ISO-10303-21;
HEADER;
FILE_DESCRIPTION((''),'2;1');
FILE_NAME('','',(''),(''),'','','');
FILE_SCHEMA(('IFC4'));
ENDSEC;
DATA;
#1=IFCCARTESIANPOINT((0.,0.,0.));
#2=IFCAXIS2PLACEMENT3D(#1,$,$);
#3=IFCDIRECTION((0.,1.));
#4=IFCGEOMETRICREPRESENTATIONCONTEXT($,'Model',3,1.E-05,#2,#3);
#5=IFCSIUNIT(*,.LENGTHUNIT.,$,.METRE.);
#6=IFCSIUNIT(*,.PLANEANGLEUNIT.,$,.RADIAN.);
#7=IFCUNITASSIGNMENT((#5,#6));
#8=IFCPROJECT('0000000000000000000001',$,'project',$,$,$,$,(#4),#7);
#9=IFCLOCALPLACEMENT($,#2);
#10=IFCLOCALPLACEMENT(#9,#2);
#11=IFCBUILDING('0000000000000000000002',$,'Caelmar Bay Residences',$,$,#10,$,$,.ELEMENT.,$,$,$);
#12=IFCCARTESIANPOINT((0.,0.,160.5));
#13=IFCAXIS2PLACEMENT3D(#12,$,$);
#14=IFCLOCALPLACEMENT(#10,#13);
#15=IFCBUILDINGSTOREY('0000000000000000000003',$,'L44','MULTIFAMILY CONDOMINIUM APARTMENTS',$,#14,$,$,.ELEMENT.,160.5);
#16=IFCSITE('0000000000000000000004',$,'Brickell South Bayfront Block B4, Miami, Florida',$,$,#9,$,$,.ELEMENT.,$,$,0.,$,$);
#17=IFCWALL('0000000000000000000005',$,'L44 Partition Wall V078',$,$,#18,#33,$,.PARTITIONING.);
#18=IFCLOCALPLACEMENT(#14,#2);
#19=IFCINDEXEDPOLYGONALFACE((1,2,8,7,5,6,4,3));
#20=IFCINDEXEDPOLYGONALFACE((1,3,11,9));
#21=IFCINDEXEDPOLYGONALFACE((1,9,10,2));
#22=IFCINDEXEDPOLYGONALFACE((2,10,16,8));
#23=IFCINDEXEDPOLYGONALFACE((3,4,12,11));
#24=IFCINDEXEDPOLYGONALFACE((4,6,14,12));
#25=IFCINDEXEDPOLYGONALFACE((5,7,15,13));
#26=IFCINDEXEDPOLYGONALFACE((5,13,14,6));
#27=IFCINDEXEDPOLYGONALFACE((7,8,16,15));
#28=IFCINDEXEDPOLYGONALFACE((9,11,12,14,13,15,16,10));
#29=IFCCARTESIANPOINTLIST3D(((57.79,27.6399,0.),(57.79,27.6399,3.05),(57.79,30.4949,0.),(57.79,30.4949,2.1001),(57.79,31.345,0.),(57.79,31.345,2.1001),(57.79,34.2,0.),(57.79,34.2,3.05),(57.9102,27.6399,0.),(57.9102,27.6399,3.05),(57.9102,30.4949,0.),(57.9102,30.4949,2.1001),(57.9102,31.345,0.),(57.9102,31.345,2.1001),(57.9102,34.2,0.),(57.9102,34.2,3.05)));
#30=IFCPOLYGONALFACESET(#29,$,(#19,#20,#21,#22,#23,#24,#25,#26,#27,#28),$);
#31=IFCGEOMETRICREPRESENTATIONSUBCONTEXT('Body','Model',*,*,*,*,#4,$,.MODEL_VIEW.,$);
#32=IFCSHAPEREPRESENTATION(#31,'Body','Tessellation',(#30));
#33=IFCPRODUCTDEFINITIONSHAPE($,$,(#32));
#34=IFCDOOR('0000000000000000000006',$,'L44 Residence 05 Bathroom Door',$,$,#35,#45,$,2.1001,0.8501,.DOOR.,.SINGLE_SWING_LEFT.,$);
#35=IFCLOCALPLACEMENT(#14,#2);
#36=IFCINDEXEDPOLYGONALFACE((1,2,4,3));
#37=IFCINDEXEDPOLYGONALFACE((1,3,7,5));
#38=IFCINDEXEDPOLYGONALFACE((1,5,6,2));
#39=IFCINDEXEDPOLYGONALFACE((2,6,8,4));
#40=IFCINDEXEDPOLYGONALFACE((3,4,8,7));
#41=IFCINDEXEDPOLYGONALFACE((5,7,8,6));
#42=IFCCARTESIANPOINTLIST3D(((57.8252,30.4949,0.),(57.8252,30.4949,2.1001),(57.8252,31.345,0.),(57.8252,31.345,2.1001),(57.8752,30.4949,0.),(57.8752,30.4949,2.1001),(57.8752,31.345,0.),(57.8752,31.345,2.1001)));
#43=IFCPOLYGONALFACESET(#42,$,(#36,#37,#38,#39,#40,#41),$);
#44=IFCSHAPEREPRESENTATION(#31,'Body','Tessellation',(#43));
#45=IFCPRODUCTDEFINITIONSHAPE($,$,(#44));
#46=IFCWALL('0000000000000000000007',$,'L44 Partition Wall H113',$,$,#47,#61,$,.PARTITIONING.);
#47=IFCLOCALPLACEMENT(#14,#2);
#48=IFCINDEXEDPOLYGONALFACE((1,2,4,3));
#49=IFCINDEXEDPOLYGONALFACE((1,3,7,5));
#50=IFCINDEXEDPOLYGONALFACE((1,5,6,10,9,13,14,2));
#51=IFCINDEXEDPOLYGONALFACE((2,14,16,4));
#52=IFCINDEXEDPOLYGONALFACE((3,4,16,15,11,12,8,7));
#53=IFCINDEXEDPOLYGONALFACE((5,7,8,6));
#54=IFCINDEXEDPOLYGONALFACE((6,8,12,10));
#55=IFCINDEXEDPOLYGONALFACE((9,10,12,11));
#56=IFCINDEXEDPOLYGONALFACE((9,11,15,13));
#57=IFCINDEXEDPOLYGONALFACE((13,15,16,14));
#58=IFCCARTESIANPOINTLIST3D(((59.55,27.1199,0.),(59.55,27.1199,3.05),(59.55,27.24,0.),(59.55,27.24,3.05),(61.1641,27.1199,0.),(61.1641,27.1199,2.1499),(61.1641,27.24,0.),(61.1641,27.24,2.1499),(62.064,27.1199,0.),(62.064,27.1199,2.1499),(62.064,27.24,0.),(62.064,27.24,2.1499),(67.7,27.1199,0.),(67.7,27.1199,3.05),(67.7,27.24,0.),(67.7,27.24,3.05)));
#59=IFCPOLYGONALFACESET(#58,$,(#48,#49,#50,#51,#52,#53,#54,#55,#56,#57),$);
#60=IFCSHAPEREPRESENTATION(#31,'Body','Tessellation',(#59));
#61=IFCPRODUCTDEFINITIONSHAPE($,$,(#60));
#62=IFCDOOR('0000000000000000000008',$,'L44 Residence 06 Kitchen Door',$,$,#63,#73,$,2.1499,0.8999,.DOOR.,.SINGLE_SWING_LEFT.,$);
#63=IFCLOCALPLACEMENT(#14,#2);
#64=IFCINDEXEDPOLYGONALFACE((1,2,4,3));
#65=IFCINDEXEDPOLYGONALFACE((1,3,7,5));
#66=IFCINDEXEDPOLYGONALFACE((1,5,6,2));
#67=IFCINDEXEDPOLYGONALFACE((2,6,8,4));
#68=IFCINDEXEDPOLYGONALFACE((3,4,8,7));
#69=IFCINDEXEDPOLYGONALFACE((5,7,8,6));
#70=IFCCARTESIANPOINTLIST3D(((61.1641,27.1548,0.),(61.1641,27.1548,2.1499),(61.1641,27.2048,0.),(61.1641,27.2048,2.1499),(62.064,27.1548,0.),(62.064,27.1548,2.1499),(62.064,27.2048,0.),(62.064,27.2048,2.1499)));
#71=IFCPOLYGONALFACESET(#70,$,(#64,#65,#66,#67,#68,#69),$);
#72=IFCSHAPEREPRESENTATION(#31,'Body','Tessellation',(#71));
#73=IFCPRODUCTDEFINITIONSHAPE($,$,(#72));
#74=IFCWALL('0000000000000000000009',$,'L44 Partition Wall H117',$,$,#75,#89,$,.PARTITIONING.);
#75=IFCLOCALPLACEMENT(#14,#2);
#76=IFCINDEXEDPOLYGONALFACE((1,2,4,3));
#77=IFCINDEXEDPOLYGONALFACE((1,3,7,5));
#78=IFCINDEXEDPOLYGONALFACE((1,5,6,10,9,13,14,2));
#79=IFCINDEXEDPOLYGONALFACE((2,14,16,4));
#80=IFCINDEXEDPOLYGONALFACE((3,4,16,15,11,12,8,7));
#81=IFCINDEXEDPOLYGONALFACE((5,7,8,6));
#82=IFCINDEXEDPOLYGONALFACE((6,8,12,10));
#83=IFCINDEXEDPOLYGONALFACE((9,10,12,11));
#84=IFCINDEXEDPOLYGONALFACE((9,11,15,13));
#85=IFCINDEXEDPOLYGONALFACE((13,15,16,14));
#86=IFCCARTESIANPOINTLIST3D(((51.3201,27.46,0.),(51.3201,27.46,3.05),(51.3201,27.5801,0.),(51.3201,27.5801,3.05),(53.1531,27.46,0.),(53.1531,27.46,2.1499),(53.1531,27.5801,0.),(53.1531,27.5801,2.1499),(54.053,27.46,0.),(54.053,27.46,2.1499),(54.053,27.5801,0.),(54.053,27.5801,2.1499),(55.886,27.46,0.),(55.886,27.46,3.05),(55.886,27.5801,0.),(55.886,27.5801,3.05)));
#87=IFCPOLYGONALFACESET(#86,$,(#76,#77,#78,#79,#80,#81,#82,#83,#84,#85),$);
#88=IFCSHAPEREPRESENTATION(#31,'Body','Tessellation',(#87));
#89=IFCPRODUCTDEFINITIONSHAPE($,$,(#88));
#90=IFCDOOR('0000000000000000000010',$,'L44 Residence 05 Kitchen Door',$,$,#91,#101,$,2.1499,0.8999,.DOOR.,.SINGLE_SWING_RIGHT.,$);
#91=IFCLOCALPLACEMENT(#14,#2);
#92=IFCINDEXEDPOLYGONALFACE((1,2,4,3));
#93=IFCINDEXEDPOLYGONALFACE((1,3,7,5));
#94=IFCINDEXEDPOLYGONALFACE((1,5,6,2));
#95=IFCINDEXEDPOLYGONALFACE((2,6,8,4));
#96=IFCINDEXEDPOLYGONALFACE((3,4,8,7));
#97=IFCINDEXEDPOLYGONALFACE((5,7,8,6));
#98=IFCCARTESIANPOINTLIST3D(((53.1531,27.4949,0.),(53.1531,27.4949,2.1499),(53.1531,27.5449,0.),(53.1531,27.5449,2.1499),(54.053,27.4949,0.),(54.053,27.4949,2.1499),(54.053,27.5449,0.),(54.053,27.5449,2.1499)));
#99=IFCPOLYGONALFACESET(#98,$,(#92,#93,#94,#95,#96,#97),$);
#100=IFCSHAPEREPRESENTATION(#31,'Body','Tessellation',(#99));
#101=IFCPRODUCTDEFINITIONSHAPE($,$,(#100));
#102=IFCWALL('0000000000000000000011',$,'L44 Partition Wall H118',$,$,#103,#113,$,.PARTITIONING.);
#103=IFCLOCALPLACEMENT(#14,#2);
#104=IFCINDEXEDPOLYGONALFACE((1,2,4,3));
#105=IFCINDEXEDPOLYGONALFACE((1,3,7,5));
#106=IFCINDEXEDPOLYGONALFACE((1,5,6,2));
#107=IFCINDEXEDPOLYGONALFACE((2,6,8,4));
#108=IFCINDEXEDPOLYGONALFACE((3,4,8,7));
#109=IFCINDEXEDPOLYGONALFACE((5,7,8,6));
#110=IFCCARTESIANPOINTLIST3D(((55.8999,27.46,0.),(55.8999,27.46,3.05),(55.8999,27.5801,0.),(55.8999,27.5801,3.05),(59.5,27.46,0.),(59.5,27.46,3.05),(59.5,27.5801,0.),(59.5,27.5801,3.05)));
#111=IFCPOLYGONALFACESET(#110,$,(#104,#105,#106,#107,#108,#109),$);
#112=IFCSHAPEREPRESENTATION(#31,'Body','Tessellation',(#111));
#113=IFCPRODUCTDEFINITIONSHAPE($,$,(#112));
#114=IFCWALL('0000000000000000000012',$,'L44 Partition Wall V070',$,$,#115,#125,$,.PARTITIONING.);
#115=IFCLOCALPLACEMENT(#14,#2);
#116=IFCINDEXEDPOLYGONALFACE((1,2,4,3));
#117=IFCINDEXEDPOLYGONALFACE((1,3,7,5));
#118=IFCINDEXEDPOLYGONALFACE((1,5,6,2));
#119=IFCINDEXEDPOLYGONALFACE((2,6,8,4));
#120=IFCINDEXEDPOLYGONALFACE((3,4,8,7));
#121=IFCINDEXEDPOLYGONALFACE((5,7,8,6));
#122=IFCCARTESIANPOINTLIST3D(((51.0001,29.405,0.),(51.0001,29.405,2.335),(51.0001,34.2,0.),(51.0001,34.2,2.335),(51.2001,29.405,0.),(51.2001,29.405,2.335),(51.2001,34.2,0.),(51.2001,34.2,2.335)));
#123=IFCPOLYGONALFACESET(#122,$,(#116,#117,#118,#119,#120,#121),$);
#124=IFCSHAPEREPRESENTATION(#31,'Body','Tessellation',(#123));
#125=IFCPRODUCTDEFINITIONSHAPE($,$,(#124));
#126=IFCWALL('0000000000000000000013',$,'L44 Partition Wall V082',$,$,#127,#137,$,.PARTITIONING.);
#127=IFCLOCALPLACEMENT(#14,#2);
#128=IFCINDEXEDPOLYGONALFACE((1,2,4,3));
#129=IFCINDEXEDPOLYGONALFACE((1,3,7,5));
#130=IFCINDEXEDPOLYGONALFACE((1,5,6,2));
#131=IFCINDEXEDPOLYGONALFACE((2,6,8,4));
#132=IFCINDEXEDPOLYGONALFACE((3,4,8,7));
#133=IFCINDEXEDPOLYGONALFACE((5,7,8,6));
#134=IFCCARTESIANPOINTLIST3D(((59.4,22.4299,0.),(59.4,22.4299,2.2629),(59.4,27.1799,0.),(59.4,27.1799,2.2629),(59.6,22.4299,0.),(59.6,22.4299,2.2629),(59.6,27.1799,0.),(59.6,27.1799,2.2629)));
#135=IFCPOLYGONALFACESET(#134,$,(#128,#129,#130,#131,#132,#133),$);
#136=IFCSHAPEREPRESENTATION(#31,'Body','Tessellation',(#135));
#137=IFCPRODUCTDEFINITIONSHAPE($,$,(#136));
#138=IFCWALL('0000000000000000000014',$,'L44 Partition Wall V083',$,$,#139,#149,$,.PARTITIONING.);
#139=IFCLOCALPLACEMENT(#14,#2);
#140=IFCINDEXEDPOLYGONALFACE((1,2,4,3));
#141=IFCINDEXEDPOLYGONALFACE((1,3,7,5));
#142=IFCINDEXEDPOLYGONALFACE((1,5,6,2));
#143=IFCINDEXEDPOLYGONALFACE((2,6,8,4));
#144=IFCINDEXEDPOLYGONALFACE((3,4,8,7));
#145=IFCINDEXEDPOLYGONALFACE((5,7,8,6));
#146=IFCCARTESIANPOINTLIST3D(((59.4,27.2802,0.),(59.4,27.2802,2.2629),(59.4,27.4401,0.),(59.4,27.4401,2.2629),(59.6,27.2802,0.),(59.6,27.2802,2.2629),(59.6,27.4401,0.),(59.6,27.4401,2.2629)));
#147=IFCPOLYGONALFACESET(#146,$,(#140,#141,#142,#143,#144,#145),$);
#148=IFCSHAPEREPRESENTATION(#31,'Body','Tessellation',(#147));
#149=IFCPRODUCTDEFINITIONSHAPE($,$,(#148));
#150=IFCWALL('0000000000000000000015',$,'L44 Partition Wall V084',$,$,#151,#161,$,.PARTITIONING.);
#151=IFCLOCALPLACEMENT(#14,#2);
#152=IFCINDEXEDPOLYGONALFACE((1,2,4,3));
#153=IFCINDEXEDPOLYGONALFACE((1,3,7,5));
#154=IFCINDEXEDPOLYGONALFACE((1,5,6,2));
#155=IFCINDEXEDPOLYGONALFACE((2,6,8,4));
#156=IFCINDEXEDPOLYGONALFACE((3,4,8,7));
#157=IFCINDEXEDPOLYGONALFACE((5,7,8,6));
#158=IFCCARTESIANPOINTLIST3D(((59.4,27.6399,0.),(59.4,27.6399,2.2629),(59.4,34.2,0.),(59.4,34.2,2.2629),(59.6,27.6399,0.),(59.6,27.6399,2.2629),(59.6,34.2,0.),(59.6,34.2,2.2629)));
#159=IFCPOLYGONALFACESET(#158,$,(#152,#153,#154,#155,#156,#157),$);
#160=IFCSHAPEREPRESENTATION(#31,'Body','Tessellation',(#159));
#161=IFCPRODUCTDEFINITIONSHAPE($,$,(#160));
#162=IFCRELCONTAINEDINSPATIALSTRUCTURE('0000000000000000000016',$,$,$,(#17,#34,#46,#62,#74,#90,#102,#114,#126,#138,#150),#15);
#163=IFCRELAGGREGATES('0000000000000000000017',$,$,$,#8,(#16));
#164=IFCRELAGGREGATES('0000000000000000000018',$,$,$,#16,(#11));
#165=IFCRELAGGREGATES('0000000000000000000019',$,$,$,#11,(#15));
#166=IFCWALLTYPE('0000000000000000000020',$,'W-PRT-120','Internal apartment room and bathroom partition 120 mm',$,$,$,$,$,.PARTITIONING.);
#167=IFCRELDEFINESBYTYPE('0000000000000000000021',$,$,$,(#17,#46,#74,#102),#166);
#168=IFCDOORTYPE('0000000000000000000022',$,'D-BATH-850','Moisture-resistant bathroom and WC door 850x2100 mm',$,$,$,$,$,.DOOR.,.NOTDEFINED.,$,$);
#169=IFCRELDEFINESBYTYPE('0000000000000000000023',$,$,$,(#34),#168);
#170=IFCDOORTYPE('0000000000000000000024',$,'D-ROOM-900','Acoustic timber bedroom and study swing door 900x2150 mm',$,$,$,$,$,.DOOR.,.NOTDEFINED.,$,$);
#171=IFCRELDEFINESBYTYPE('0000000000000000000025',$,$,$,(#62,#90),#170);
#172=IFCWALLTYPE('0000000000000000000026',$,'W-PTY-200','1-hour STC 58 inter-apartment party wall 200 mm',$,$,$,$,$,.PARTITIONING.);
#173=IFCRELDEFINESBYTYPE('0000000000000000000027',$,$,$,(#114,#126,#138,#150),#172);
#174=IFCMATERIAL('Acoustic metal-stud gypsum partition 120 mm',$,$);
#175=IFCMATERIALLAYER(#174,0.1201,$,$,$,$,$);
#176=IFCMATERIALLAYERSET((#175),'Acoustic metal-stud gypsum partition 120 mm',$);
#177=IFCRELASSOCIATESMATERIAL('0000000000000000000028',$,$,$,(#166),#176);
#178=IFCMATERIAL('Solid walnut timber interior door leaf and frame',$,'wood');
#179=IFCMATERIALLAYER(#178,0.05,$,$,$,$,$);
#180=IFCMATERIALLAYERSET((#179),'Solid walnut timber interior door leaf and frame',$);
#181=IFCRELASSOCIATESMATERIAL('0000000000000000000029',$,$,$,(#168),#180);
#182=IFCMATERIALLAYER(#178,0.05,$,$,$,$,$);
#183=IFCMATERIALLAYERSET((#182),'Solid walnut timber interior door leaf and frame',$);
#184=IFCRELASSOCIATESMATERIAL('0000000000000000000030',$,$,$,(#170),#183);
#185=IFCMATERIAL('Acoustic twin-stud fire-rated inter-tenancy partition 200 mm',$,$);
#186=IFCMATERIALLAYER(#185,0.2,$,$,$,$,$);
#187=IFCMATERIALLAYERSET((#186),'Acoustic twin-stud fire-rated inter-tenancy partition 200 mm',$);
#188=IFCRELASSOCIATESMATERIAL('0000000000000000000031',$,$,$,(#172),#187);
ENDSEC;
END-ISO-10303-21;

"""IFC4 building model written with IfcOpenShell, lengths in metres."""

from ifc_helpers import new_model, si_unit, direction, frame, frame_2d, origin, place, context, subcontext, project, spatial, rectangle, extrude, material, layer, layer_set, type_object, element, fill, save


model = new_model("IFC4")

# Units and contexts
model_context = context("Model", 3, precision=1e-05, world=origin(), true_north=direction((0.0, 1.0)))
body_context = subcontext(model_context, "Body", "Model", "MODEL_VIEW")
ifc_project = project(units=[si_unit("LENGTHUNIT", "METRE"), si_unit("PLANEANGLEUNIT", "RADIAN")], contexts=[model_context])

# Site, building, storey
site_placement = place(None, origin())
site = spatial("IfcSite", under=ifc_project, at=site_placement, Name="Brickell South Bayfront Block B4, Miami, Florida", CompositionType="ELEMENT", RefElevation=0.0)
building_placement = place(site_placement, origin())
building = spatial("IfcBuilding", under=site, at=building_placement, Name="Caelmar Bay Residences", CompositionType="ELEMENT")
storey_placement = place(building_placement, frame((0.0, 0.0, 160.5)))
storey = spatial("IfcBuildingStorey", under=building, at=storey_placement, Name="L44", Description="MULTIFAMILY CONDOMINIUM APARTMENTS", CompositionType="ELEMENT", Elevation=160.5)

# Shared definitions
ifc_material_1 = material(Name="Acoustic metal-stud gypsum partition 120 mm")
ifc_layer_1 = layer(ifc_material_1, 0.1201)
ifc_layer_set_1 = layer_set([ifc_layer_1], Name="Acoustic metal-stud gypsum partition 120 mm")
wall_type_1 = type_object("IfcWallType", Name="W-PRT-120", Description="Internal apartment room and bathroom partition 120 mm", PredefinedType="PARTITIONING", material=ifc_layer_set_1)
ifc_material_2 = material(Name="Solid walnut timber interior door leaf and frame", Category="wood")
ifc_layer_2 = layer(ifc_material_2, 0.05)
ifc_layer_set_2 = layer_set([ifc_layer_2], Name="Solid walnut timber interior door leaf and frame")
door_type_1 = type_object("IfcDoorType", Name="D-BATH-850", Description="Moisture-resistant bathroom and WC door 850x2100 mm", OperationType="NOTDEFINED", PredefinedType="DOOR", material=ifc_layer_set_2)
ifc_layer_3 = layer(ifc_material_2, 0.05)
ifc_layer_set_3 = layer_set([ifc_layer_3], Name="Solid walnut timber interior door leaf and frame")
door_type_2 = type_object("IfcDoorType", Name="D-ROOM-900", Description="Acoustic timber bedroom and study swing door 900x2150 mm", OperationType="NOTDEFINED", PredefinedType="DOOR", material=ifc_layer_set_3)

# Walls, openings, doors
wall_1_placement = place(storey_placement, frame((57.8501, 27.6399, 0.0), z_axis=(0.0, 0.0, 1.0), x_axis=(0.0, 1.0, 0.0)))
wall_1 = element("IfcWall", 1, at=wall_1_placement, inside=storey, type_object=wall_type_1, Name="L44 Partition Wall V078", PredefinedType="PARTITIONING", context=body_context, shape_type="SweptSolid", body=[
    extrude(rectangle(XDim=6.5601, YDim=0.1201, at=frame_2d((3.28, 0.0))), origin(), (0.0, 0.0, 1.0), 3.05),
])
opening_1_placement = place(wall_1_placement, frame((2.855, 0.0, 0.0)))
opening_1 = element("IfcOpeningElement", 2, at=opening_1_placement, cuts=wall_1, PredefinedType="OPENING", context=body_context, shape_type="SweptSolid", body=[
    extrude(rectangle(XDim=0.8501, YDim=2.1001, at=frame_2d((0.425, 1.05))), frame((0.0, 0.0701, 0.0), z_axis=(0.0, -1.0, 0.0), x_axis=(1.0, 0.0, 0.0)), (0.0, 0.0, 1.0), 0.1401),
])
door_1_placement = place(opening_1_placement, origin())
door_1 = element("IfcDoor", 3, at=door_1_placement, inside=storey, type_object=door_type_1, Name="L44 Residence 05 Bathroom Door", OperationType="SINGLE_SWING_LEFT", OverallHeight=2.1001, OverallWidth=0.8501, PredefinedType="DOOR", context=body_context, shape_type="SweptSolid", body=[
    extrude(rectangle(XDim=0.8501, YDim=2.1001, at=frame_2d((0.425, 1.05))), frame((0.0, 0.0249, 0.0), z_axis=(0.0, -1.0, 0.0), x_axis=(1.0, 0.0, 0.0)), (0.0, 0.0, 1.0), 0.05),
])
fill(opening_1, door_1)
wall_2_placement = place(storey_placement, frame((59.55, 27.1799, 0.0), z_axis=(0.0, 0.0, 1.0), x_axis=(1.0, 0.0, 0.0)))
wall_2 = element("IfcWall", 4, at=wall_2_placement, inside=storey, type_object=wall_type_1, Name="L44 Partition Wall H113", PredefinedType="PARTITIONING", context=body_context, shape_type="SweptSolid", body=[
    extrude(rectangle(XDim=8.1499, YDim=0.1201, at=frame_2d((4.075, 0.0))), origin(), (0.0, 0.0, 1.0), 3.05),
])
opening_2_placement = place(wall_2_placement, frame((1.614, 0.0, 0.0)))
opening_2 = element("IfcOpeningElement", 5, at=opening_2_placement, cuts=wall_2, PredefinedType="OPENING", context=body_context, shape_type="SweptSolid", body=[
    extrude(rectangle(XDim=0.8999, YDim=2.1499, at=frame_2d((0.45, 1.075))), frame((0.0, 0.0701, 0.0), z_axis=(0.0, -1.0, 0.0), x_axis=(1.0, 0.0, 0.0)), (0.0, 0.0, 1.0), 0.1401),
])
door_2_placement = place(opening_2_placement, origin())
door_2 = element("IfcDoor", 6, at=door_2_placement, inside=storey, type_object=door_type_2, Name="L44 Residence 06 Kitchen Door", OperationType="SINGLE_SWING_LEFT", OverallHeight=2.1499, OverallWidth=0.8999, PredefinedType="DOOR", context=body_context, shape_type="SweptSolid", body=[
    extrude(rectangle(XDim=0.8999, YDim=2.1499, at=frame_2d((0.45, 1.075))), frame((0.0, 0.0249, 0.0), z_axis=(0.0, -1.0, 0.0), x_axis=(1.0, 0.0, 0.0)), (0.0, 0.0, 1.0), 0.05),
])
fill(opening_2, door_2)
wall_3_placement = place(storey_placement, frame((51.3201, 27.52, 0.0), z_axis=(0.0, 0.0, 1.0), x_axis=(1.0, 0.0, 0.0)))
wall_3 = element("IfcWall", 7, at=wall_3_placement, inside=storey, type_object=wall_type_1, Name="L44 Partition Wall H117", PredefinedType="PARTITIONING", context=body_context, shape_type="SweptSolid", body=[
    extrude(rectangle(XDim=4.5659, YDim=0.1201, at=frame_2d((2.283, 0.0))), origin(), (0.0, 0.0, 1.0), 3.05),
])
opening_3_placement = place(wall_3_placement, frame((1.833, 0.0, 0.0)))
opening_3 = element("IfcOpeningElement", 8, at=opening_3_placement, cuts=wall_3, PredefinedType="OPENING", context=body_context, shape_type="SweptSolid", body=[
    extrude(rectangle(XDim=0.8999, YDim=2.1499, at=frame_2d((0.45, 1.075))), frame((0.0, 0.0701, 0.0), z_axis=(0.0, -1.0, 0.0), x_axis=(1.0, 0.0, 0.0)), (0.0, 0.0, 1.0), 0.1401),
])
door_3_placement = place(opening_3_placement, origin())
door_3 = element("IfcDoor", 9, at=door_3_placement, inside=storey, type_object=door_type_2, Name="L44 Residence 05 Kitchen Door", OperationType="SINGLE_SWING_RIGHT", OverallHeight=2.1499, OverallWidth=0.8999, PredefinedType="DOOR", context=body_context, shape_type="SweptSolid", body=[
    extrude(rectangle(XDim=0.8999, YDim=2.1499, at=frame_2d((0.45, 1.075))), frame((0.0, 0.0249, 0.0), z_axis=(0.0, -1.0, 0.0), x_axis=(1.0, 0.0, 0.0)), (0.0, 0.0, 1.0), 0.05),
])
fill(opening_3, door_3)

# Walls
wall_4_placement = place(storey_placement, frame((55.8999, 27.52, 0.0), z_axis=(0.0, 0.0, 1.0), x_axis=(1.0, 0.0, 0.0)))
element("IfcWall", 10, at=wall_4_placement, inside=storey, type_object=wall_type_1, Name="L44 Partition Wall H118", PredefinedType="PARTITIONING", context=body_context, shape_type="SweptSolid", body=[
    extrude(rectangle(XDim=3.6001, YDim=0.1201, at=frame_2d((1.8, 0.0))), origin(), (0.0, 0.0, 1.0), 3.05),
])
ifc_material_3 = material(Name="Acoustic twin-stud fire-rated inter-tenancy partition 200 mm")
ifc_layer_4 = layer(ifc_material_3, 0.2)
ifc_layer_set_4 = layer_set([ifc_layer_4], Name="Acoustic twin-stud fire-rated inter-tenancy partition 200 mm")
wall_type_2 = type_object("IfcWallType", Name="W-PTY-200", Description="1-hour STC 58 inter-apartment party wall 200 mm", PredefinedType="PARTITIONING", material=ifc_layer_set_4)
wall_5_placement = place(storey_placement, frame((51.1001, 29.405, 0.0), z_axis=(0.0, 0.0, 1.0), x_axis=(0.0, 1.0, 0.0)))
element("IfcWall", 11, at=wall_5_placement, inside=storey, type_object=wall_type_2, Name="L44 Partition Wall V070", PredefinedType="PARTITIONING", context=body_context, shape_type="SweptSolid", body=[
    extrude(rectangle(XDim=4.7949, YDim=0.2, at=frame_2d((2.3975, 0.0))), origin(), (0.0, 0.0, 1.0), 2.335),
])
wall_6_placement = place(storey_placement, frame((59.5, 22.4299, 0.0), z_axis=(0.0, 0.0, 1.0), x_axis=(0.0, 1.0, 0.0)))
element("IfcWall", 12, at=wall_6_placement, inside=storey, type_object=wall_type_2, Name="L44 Partition Wall V082", PredefinedType="PARTITIONING", context=body_context, shape_type="SweptSolid", body=[
    extrude(rectangle(XDim=4.75, YDim=0.2, at=frame_2d((2.375, 0.0))), origin(), (0.0, 0.0, 1.0), 2.2629),
])
wall_7_placement = place(storey_placement, frame((59.5, 27.28, 0.0), z_axis=(0.0, 0.0, 1.0), x_axis=(0.0, 1.0, 0.0)))
element("IfcWall", 13, at=wall_7_placement, inside=storey, type_object=wall_type_2, Name="L44 Partition Wall V083", PredefinedType="PARTITIONING", context=body_context, shape_type="SweptSolid", body=[
    extrude(rectangle(XDim=0.1599, YDim=0.2, at=frame_2d((0.0801, 0.0))), origin(), (0.0, 0.0, 1.0), 2.2629),
])
wall_8_placement = place(storey_placement, frame((59.5, 27.6399, 0.0), z_axis=(0.0, 0.0, 1.0), x_axis=(0.0, 1.0, 0.0)))
element("IfcWall", 14, at=wall_8_placement, inside=storey, type_object=wall_type_2, Name="L44 Partition Wall V084", PredefinedType="PARTITIONING", context=body_context, shape_type="SweptSolid", body=[
    extrude(rectangle(XDim=6.5601, YDim=0.2, at=frame_2d((3.28, 0.0))), origin(), (0.0, 0.0, 1.0), 2.2629),
])

save(model, "model.ifc")
